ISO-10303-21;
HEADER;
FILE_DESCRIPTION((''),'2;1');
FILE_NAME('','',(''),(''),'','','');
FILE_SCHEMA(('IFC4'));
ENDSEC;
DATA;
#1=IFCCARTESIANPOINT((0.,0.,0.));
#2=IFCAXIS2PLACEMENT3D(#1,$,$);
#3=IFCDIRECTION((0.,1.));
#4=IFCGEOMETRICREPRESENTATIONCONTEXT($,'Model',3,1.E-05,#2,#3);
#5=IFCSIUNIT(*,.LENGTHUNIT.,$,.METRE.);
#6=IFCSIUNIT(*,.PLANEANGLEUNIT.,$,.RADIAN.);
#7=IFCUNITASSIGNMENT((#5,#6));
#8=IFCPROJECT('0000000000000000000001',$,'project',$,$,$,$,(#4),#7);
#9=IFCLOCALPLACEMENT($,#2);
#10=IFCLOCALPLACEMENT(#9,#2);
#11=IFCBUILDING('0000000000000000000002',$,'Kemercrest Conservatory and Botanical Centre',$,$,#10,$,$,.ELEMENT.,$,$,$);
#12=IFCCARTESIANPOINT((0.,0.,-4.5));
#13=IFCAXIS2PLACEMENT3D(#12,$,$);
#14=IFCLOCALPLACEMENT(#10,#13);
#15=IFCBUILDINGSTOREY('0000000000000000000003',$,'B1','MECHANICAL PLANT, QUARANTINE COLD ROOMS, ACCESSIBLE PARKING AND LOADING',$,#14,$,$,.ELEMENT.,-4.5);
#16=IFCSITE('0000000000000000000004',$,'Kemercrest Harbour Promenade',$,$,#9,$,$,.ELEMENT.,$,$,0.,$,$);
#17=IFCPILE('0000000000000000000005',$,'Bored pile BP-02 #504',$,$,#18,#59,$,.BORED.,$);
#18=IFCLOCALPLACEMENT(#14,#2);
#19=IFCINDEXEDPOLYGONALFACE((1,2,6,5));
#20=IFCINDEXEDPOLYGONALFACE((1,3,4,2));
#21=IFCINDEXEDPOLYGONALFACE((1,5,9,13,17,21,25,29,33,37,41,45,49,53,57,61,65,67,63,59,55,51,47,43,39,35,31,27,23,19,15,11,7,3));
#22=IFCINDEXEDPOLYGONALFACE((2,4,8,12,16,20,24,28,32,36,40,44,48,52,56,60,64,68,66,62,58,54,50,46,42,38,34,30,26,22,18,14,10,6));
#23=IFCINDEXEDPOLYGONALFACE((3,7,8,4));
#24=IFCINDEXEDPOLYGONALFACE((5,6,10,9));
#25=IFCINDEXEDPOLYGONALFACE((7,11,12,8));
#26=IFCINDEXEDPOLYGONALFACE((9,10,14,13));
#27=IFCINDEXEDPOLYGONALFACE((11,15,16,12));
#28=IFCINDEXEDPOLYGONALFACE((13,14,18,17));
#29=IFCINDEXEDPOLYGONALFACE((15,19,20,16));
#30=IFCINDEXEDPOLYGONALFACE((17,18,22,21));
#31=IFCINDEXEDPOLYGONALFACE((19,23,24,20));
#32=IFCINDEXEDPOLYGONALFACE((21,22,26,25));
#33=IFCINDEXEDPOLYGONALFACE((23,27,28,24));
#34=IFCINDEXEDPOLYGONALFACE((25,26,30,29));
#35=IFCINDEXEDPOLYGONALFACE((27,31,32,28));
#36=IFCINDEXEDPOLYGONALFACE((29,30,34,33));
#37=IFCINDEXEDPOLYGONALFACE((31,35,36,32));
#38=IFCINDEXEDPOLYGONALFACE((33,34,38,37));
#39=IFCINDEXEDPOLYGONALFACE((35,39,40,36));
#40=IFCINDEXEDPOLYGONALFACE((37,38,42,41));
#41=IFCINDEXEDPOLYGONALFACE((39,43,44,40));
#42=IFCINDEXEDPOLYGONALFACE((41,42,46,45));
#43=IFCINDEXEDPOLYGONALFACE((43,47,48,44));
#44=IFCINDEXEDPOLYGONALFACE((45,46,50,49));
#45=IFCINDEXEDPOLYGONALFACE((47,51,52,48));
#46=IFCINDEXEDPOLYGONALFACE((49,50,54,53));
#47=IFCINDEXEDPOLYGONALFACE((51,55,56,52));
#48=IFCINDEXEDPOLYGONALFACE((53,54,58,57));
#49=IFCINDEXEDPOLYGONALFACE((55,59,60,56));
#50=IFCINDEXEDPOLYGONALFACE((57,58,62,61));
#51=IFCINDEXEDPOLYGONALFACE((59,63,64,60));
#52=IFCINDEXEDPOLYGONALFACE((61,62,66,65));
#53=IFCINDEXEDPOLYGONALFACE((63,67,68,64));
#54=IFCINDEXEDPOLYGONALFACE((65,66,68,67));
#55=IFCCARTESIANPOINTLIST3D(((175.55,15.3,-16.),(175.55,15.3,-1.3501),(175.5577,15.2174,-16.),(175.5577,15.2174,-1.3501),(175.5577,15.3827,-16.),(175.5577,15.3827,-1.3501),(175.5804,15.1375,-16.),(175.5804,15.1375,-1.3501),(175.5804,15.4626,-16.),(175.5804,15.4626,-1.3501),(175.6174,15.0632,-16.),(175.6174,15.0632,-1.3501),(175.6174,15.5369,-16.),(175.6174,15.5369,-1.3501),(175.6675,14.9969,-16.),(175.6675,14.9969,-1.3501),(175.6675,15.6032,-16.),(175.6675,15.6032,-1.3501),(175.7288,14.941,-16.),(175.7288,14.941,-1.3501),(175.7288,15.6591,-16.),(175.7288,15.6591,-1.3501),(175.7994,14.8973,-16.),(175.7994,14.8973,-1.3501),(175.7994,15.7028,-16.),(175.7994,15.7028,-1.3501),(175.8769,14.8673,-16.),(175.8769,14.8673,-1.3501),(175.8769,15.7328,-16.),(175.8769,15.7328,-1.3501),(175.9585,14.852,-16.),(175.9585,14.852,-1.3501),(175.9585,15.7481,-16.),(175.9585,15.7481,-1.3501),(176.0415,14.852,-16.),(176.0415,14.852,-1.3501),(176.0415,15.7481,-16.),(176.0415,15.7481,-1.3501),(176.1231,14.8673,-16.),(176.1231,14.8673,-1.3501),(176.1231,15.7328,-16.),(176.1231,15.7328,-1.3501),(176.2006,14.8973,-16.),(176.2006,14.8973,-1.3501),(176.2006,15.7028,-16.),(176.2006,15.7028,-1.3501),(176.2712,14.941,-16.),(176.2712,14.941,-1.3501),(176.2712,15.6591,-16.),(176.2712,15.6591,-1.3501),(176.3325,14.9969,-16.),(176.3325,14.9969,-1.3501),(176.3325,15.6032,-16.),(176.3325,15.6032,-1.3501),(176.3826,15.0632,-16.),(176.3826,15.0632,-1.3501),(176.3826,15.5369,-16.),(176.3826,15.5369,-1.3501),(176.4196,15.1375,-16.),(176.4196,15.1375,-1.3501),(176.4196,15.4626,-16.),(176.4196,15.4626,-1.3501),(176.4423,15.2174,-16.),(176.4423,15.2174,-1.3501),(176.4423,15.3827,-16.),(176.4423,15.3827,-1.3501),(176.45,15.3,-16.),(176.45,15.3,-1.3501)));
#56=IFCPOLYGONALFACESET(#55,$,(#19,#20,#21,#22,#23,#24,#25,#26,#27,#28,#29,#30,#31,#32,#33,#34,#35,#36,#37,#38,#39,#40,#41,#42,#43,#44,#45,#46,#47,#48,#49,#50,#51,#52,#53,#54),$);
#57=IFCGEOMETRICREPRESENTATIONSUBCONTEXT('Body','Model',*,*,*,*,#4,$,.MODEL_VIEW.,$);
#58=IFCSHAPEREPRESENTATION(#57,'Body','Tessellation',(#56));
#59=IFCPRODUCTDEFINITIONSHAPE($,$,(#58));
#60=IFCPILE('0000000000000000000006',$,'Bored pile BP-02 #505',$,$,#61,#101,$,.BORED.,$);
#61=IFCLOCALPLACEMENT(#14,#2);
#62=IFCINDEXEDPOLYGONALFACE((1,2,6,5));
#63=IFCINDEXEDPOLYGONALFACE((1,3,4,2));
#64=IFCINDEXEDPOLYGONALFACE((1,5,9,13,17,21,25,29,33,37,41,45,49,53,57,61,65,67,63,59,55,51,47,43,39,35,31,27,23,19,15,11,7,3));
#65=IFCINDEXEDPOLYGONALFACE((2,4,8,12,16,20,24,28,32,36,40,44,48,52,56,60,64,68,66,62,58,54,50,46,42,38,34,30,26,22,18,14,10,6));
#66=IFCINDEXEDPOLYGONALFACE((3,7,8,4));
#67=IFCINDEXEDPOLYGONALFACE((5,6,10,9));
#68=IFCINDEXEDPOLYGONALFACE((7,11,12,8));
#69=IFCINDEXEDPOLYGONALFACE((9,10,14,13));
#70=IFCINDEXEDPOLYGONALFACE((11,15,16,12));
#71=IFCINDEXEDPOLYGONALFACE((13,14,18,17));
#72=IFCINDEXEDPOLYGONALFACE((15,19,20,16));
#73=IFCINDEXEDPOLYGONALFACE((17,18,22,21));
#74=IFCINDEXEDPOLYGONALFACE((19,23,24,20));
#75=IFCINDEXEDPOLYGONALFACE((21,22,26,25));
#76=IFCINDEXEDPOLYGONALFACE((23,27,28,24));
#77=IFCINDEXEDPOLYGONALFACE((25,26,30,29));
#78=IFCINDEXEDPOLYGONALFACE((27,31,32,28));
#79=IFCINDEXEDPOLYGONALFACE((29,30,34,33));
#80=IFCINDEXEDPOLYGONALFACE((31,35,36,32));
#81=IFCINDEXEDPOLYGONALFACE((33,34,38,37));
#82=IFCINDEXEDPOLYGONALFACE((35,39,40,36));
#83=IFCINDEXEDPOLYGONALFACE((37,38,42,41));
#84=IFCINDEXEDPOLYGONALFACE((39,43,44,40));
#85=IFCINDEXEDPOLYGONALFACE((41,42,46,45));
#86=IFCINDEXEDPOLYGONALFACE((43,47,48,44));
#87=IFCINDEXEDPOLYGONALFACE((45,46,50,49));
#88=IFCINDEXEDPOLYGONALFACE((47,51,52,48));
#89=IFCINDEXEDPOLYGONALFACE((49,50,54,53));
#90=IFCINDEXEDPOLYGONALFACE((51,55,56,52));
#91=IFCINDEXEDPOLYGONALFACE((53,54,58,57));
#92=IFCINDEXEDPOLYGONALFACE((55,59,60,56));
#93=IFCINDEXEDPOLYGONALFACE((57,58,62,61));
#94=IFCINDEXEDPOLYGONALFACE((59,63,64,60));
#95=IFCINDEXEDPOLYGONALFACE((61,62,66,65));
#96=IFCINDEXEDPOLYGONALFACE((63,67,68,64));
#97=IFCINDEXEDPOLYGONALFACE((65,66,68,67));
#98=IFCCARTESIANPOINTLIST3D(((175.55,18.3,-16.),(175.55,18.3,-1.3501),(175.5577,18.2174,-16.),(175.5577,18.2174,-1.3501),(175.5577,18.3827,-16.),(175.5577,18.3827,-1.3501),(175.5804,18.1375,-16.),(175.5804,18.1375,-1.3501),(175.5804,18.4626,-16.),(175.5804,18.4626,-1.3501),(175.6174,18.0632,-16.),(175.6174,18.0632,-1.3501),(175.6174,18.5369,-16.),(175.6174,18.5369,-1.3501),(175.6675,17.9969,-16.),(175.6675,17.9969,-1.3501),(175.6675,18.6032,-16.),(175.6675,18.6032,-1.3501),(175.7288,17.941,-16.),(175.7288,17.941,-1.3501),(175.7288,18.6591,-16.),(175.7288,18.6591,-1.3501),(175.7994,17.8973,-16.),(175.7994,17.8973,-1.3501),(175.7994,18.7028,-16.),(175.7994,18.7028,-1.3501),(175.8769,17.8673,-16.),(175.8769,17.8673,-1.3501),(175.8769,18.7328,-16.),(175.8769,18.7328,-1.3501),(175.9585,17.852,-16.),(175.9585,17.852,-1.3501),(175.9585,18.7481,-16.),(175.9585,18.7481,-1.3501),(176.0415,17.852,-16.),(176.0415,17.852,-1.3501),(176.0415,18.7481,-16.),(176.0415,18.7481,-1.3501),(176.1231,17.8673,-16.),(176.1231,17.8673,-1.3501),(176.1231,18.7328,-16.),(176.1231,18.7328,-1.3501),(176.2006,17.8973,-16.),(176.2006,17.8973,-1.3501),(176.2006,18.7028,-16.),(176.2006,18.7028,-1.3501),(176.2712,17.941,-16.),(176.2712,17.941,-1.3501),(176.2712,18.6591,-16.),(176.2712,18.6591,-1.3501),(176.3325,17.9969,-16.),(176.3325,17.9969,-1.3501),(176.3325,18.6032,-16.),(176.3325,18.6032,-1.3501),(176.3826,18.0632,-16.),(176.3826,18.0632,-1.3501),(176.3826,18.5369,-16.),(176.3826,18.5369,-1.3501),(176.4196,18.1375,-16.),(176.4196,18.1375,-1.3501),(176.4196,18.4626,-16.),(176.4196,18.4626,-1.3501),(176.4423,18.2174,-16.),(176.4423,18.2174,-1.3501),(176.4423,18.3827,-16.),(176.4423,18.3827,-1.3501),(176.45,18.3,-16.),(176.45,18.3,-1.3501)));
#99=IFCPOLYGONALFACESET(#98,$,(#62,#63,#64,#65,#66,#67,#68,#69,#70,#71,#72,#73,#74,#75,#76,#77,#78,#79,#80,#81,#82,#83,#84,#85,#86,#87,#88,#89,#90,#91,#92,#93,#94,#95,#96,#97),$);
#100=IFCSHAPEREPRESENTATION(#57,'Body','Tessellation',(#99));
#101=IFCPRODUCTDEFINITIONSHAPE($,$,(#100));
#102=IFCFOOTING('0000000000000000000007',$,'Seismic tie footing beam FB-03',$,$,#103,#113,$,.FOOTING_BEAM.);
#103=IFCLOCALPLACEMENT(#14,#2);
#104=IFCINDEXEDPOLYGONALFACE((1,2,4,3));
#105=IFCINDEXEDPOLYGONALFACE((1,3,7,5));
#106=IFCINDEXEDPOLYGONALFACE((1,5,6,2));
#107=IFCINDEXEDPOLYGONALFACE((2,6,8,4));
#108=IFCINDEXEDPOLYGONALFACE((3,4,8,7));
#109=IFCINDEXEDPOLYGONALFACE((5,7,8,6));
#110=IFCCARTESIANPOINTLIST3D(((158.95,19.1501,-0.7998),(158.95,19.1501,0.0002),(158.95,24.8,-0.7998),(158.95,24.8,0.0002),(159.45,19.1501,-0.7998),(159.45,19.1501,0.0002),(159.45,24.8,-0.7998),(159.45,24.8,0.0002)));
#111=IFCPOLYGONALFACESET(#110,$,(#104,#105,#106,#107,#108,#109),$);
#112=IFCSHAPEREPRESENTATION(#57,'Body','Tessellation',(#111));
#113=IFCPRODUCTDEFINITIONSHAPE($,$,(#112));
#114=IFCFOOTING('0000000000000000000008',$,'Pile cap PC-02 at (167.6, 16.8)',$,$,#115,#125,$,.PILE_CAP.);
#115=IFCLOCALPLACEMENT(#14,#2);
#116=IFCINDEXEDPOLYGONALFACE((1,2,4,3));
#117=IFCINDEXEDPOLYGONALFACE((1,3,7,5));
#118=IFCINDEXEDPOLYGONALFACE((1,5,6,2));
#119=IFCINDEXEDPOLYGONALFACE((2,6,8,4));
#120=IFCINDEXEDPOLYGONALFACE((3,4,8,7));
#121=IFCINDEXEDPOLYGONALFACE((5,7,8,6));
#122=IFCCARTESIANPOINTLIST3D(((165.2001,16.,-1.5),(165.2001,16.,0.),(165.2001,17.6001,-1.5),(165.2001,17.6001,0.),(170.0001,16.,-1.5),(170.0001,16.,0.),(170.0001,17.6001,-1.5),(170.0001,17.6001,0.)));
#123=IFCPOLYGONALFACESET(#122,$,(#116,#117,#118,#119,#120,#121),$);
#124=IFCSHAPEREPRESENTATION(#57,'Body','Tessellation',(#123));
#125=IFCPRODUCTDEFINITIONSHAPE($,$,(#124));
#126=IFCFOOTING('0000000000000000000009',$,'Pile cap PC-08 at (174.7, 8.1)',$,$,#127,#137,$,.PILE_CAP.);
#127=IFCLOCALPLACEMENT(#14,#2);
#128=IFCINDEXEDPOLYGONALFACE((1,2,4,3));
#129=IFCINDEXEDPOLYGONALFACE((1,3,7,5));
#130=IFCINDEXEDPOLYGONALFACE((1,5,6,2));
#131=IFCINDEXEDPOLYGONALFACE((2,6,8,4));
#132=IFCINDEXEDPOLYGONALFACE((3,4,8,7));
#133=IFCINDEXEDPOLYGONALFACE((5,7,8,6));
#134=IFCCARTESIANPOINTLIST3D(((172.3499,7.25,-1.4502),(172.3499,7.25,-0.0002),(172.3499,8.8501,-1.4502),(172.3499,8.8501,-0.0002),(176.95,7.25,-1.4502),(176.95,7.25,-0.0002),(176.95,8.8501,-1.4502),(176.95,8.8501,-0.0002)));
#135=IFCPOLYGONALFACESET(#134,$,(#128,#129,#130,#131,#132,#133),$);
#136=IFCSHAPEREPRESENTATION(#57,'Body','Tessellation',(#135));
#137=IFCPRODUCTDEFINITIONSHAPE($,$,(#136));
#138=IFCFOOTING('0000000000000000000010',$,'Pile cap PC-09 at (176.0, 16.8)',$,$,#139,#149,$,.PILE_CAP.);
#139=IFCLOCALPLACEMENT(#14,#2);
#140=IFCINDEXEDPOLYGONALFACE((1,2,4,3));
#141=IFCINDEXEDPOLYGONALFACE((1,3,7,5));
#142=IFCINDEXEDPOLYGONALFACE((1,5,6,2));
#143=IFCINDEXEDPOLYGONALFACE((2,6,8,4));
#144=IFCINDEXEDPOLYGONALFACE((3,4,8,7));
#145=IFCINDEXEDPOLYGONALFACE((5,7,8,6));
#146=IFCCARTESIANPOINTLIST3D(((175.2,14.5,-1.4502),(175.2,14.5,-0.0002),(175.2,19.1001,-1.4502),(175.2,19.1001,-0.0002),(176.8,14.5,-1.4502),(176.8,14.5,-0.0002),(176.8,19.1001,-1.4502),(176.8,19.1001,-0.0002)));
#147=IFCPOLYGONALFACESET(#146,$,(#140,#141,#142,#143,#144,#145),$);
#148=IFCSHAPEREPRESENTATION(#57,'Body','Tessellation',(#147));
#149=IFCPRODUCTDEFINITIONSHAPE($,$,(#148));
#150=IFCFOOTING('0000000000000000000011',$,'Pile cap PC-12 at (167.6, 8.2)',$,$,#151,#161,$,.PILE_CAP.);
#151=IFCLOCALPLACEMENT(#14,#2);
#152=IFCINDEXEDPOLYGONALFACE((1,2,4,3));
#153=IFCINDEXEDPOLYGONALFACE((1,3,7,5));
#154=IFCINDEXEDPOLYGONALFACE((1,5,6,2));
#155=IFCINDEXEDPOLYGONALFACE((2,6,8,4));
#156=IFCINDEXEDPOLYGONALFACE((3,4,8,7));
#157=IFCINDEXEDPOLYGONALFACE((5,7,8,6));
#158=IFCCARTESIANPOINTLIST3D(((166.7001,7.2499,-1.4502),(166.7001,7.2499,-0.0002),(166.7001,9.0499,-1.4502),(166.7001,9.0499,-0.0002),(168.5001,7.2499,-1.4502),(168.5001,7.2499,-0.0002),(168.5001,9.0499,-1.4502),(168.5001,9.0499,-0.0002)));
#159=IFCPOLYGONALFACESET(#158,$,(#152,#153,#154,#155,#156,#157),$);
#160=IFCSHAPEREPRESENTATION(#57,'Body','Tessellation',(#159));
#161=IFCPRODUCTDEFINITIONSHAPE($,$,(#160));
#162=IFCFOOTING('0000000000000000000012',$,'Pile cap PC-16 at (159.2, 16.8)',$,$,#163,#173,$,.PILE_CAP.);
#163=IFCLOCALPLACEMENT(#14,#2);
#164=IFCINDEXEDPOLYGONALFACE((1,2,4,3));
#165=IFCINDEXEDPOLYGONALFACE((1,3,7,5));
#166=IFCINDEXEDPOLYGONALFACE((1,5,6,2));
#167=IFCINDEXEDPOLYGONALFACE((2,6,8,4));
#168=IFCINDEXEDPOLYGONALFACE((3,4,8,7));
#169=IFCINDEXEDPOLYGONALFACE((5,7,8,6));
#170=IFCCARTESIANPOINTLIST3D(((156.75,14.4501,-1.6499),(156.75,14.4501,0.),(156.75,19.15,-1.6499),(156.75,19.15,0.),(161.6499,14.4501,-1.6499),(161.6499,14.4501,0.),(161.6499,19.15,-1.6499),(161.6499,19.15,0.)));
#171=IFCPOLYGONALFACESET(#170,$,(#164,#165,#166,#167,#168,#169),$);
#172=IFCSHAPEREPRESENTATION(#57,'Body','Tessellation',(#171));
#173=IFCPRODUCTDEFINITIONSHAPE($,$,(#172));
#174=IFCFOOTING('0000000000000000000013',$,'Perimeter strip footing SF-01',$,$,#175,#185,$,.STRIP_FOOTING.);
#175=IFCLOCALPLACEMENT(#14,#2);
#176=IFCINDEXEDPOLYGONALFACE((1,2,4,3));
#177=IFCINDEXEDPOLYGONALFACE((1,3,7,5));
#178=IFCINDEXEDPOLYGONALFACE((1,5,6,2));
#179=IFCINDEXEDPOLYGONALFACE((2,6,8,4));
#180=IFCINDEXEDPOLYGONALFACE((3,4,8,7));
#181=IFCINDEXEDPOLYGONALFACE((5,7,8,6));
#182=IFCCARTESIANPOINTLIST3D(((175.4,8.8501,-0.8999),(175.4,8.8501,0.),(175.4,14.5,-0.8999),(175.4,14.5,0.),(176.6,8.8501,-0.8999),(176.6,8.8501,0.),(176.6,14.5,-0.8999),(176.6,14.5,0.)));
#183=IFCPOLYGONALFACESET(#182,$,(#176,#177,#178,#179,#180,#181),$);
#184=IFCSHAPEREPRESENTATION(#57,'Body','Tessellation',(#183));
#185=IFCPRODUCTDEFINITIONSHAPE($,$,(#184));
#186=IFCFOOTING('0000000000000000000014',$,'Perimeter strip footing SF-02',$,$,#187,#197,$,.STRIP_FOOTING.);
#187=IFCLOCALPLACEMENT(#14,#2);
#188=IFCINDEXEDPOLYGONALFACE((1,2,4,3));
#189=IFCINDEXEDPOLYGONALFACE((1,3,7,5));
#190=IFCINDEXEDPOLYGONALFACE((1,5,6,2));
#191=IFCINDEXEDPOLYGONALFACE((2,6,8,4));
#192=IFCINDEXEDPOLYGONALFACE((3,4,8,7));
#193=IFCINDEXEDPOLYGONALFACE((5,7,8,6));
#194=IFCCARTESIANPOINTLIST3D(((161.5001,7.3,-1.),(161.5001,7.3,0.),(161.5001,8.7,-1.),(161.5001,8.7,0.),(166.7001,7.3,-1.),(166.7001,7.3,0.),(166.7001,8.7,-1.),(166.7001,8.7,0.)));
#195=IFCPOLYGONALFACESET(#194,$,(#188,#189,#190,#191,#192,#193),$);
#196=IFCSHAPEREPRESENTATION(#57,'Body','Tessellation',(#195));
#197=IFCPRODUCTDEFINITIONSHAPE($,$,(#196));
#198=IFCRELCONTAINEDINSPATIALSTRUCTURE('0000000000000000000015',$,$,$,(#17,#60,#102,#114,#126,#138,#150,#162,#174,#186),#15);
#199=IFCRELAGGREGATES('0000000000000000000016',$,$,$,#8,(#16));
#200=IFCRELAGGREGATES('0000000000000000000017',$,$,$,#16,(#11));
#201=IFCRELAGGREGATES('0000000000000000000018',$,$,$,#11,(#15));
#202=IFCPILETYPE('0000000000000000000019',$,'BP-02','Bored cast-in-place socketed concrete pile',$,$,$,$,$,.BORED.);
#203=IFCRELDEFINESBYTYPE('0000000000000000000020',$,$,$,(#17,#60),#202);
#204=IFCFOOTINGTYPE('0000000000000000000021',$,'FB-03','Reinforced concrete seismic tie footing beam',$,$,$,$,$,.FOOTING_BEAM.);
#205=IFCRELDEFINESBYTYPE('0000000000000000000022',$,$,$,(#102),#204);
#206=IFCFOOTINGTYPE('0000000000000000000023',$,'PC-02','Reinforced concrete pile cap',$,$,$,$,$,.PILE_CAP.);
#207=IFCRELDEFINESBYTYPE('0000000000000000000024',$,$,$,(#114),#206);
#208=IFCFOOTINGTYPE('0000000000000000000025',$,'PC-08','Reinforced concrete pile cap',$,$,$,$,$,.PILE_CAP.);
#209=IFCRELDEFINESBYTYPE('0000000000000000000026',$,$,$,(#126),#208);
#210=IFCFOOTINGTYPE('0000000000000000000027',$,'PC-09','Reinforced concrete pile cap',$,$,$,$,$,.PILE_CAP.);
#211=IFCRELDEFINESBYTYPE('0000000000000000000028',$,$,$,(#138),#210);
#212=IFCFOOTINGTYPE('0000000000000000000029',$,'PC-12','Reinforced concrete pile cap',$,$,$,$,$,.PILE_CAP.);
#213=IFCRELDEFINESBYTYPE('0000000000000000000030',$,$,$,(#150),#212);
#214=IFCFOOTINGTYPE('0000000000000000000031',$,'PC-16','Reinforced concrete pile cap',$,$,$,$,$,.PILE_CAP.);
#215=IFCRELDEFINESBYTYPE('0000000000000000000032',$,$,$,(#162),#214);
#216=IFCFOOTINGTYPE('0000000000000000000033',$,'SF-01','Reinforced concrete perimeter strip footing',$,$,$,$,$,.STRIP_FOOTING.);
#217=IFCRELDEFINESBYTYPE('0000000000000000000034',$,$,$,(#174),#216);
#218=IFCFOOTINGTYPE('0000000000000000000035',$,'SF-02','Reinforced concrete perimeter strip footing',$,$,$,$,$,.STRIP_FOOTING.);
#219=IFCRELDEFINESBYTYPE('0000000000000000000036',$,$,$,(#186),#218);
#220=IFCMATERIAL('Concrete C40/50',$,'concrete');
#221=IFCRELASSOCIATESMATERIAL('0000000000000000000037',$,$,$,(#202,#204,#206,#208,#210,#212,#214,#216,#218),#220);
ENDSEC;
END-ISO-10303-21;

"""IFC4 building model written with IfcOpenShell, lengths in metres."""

from ifc_helpers import new_model, si_unit, direction, frame, origin, origin_2d, place, context, subcontext, project, spatial, rectangle, circle, extrude, material, material_profile, profile_set, type_object, element, save


model = new_model("IFC4")

# Units and contexts
model_context = context("Model", 3, precision=1e-05, world=origin(), true_north=direction((0.0, 1.0)))
body_context = subcontext(model_context, "Body", "Model", "MODEL_VIEW")
ifc_project = project(units=[si_unit("LENGTHUNIT", "METRE"), si_unit("PLANEANGLEUNIT", "RADIAN")], contexts=[model_context])

# Site, building, storey
site_placement = place(None, origin())
site = spatial("IfcSite", under=ifc_project, at=site_placement, Name="Kemercrest Harbour Promenade", CompositionType="ELEMENT", RefElevation=0.0)
building_placement = place(site_placement, origin())
building = spatial("IfcBuilding", under=site, at=building_placement, Name="Kemercrest Conservatory and Botanical Centre", CompositionType="ELEMENT")
storey_placement = place(building_placement, frame((0.0, 0.0, -4.5)))
storey = spatial("IfcBuildingStorey", under=building, at=storey_placement, Name="B1", Description="MECHANICAL PLANT, QUARANTINE COLD ROOMS, ACCESSIBLE PARKING AND LOADING", CompositionType="ELEMENT", Elevation=-4.5)

# Piles
ifc_material_1 = material(Name="Concrete C40/50", Category="concrete")
ifc_material_profile_1 = material_profile(ifc_material_1, circle(Radius=0.45, at=origin_2d()), Name="BORED PILE 900")
ifc_profile_set_1 = profile_set([ifc_material_profile_1], Name="Concrete C40/50")
pile_type_1 = type_object("IfcPileType", Name="BP-02", Description="Bored cast-in-place socketed concrete pile", PredefinedType="BORED", material=ifc_profile_set_1)
for number, where, z_axis, x_axis, name in (
    (1, (176.0, 15.3, -1.3501), (0.0, 0.0, -1.0), (1.0, 0.0, 0.0), "Bored pile BP-02 #504"),
    (2, (176.0, 18.3, -1.3501), (0.0, 0.0, -1.0), (1.0, 0.0, 0.0), "Bored pile BP-02 #505"),
):
    element("IfcPile", number, at=place(storey_placement, frame(where, z_axis=z_axis, x_axis=x_axis)), inside=storey, type_object=pile_type_1, Name=name, PredefinedType="BORED", context=body_context, shape_type="SweptSolid", body=[
        extrude(circle(Radius=0.45, at=origin_2d()), origin(), (0.0, 0.0, 1.0), 14.6499),
    ])

# Footings
footing_type_1 = type_object("IfcFootingType", Name="FB-03", Description="Reinforced concrete seismic tie footing beam", PredefinedType="FOOTING_BEAM", material=ifc_material_1)
footing_1_placement = place(storey_placement, frame((159.2, 21.9751, -0.7998), z_axis=(0.0, 0.0, 1.0), x_axis=(1.0, 0.0, 0.0)))
element("IfcFooting", 3, at=footing_1_placement, inside=storey, type_object=footing_type_1, Name="Seismic tie footing beam FB-03", PredefinedType="FOOTING_BEAM", context=body_context, shape_type="SweptSolid", body=[
    extrude(rectangle(XDim=0.5, YDim=5.6499, at=origin_2d()), origin(), (0.0, 0.0, 1.0), 0.8),
])
footing_type_2 = type_object("IfcFootingType", Name="PC-02", Description="Reinforced concrete pile cap", PredefinedType="PILE_CAP", material=ifc_material_1)
footing_2_placement = place(storey_placement, frame((167.6001, 16.8, -1.5), z_axis=(0.0, 0.0, 1.0), x_axis=(1.0, 0.0, 0.0)))
element("IfcFooting", 4, at=footing_2_placement, inside=storey, type_object=footing_type_2, Name="Pile cap PC-02 at (167.6, 16.8)", PredefinedType="PILE_CAP", context=body_context, shape_type="SweptSolid", body=[
    extrude(rectangle(XDim=4.8, YDim=1.6001, at=origin_2d()), origin(), (0.0, 0.0, 1.0), 1.5),
])
footing_type_3 = type_object("IfcFootingType", Name="PC-08", Description="Reinforced concrete pile cap", PredefinedType="PILE_CAP", material=ifc_material_1)
footing_3_placement = place(storey_placement, frame((174.6499, 8.05, -1.4502), z_axis=(0.0, 0.0, 1.0), x_axis=(1.0, 0.0, 0.0)))
element("IfcFooting", 5, at=footing_3_placement, inside=storey, type_object=footing_type_3, Name="Pile cap PC-08 at (174.7, 8.1)", PredefinedType="PILE_CAP", context=body_context, shape_type="SweptSolid", body=[
    extrude(rectangle(XDim=4.6001, YDim=1.6001, at=origin_2d()), origin(), (0.0, 0.0, 1.0), 1.45),
])
footing_type_4 = type_object("IfcFootingType", Name="PC-09", Description="Reinforced concrete pile cap", PredefinedType="PILE_CAP", material=ifc_material_1)
footing_4_placement = place(storey_placement, frame((176.0, 16.8, -1.4502), z_axis=(0.0, 0.0, 1.0), x_axis=(1.0, 0.0, 0.0)))
element("IfcFooting", 6, at=footing_4_placement, inside=storey, type_object=footing_type_4, Name="Pile cap PC-09 at (176.0, 16.8)", PredefinedType="PILE_CAP", context=body_context, shape_type="SweptSolid", body=[
    extrude(rectangle(XDim=1.6001, YDim=4.6001, at=origin_2d()), origin(), (0.0, 0.0, 1.0), 1.45),
])
footing_type_5 = type_object("IfcFootingType", Name="PC-12", Description="Reinforced concrete pile cap", PredefinedType="PILE_CAP", material=ifc_material_1)
footing_5_placement = place(storey_placement, frame((167.6001, 8.1499, -1.4502), z_axis=(0.0, 0.0, 1.0), x_axis=(1.0, 0.0, 0.0)))
element("IfcFooting", 7, at=footing_5_placement, inside=storey, type_object=footing_type_5, Name="Pile cap PC-12 at (167.6, 8.2)", PredefinedType="PILE_CAP", context=body_context, shape_type="SweptSolid", body=[
    extrude(rectangle(XDim=1.8, YDim=1.8, at=origin_2d()), origin(), (0.0, 0.0, 1.0), 1.45),
])
footing_type_6 = type_object("IfcFootingType", Name="PC-16", Description="Reinforced concrete pile cap", PredefinedType="PILE_CAP", material=ifc_material_1)
footing_6_placement = place(storey_placement, frame((159.2, 16.8, -1.6499), z_axis=(0.0, 0.0, 1.0), x_axis=(1.0, 0.0, 0.0)))
element("IfcFooting", 8, at=footing_6_placement, inside=storey, type_object=footing_type_6, Name="Pile cap PC-16 at (159.2, 16.8)", PredefinedType="PILE_CAP", context=body_context, shape_type="SweptSolid", body=[
    extrude(rectangle(XDim=4.8999, YDim=4.7, at=origin_2d()), origin(), (0.0, 0.0, 1.0), 1.6499),
])
footing_type_7 = type_object("IfcFootingType", Name="SF-01", Description="Reinforced concrete perimeter strip footing", PredefinedType="STRIP_FOOTING", material=ifc_material_1)
footing_7_placement = place(storey_placement, frame((176.0, 11.675, -0.8999), z_axis=(0.0, 0.0, 1.0), x_axis=(1.0, 0.0, 0.0)))
element("IfcFooting", 9, at=footing_7_placement, inside=storey, type_object=footing_type_7, Name="Perimeter strip footing SF-01", PredefinedType="STRIP_FOOTING", context=body_context, shape_type="SweptSolid", body=[
    extrude(rectangle(XDim=1.2, YDim=5.6499, at=origin_2d()), origin(), (0.0, 0.0, 1.0), 0.8999),
])
footing_type_8 = type_object("IfcFootingType", Name="SF-02", Description="Reinforced concrete perimeter strip footing", PredefinedType="STRIP_FOOTING", material=ifc_material_1)
footing_8_placement = place(storey_placement, frame((164.1001, 8.0, -1.0), z_axis=(0.0, 0.0, 1.0), x_axis=(1.0, 0.0, 0.0)))
element("IfcFooting", 10, at=footing_8_placement, inside=storey, type_object=footing_type_8, Name="Perimeter strip footing SF-02", PredefinedType="STRIP_FOOTING", context=body_context, shape_type="SweptSolid", body=[
    extrude(rectangle(XDim=5.2, YDim=1.3999, at=origin_2d()), origin(), (0.0, 0.0, 1.0), 1.0),
])

save(model, "model.ifc")
